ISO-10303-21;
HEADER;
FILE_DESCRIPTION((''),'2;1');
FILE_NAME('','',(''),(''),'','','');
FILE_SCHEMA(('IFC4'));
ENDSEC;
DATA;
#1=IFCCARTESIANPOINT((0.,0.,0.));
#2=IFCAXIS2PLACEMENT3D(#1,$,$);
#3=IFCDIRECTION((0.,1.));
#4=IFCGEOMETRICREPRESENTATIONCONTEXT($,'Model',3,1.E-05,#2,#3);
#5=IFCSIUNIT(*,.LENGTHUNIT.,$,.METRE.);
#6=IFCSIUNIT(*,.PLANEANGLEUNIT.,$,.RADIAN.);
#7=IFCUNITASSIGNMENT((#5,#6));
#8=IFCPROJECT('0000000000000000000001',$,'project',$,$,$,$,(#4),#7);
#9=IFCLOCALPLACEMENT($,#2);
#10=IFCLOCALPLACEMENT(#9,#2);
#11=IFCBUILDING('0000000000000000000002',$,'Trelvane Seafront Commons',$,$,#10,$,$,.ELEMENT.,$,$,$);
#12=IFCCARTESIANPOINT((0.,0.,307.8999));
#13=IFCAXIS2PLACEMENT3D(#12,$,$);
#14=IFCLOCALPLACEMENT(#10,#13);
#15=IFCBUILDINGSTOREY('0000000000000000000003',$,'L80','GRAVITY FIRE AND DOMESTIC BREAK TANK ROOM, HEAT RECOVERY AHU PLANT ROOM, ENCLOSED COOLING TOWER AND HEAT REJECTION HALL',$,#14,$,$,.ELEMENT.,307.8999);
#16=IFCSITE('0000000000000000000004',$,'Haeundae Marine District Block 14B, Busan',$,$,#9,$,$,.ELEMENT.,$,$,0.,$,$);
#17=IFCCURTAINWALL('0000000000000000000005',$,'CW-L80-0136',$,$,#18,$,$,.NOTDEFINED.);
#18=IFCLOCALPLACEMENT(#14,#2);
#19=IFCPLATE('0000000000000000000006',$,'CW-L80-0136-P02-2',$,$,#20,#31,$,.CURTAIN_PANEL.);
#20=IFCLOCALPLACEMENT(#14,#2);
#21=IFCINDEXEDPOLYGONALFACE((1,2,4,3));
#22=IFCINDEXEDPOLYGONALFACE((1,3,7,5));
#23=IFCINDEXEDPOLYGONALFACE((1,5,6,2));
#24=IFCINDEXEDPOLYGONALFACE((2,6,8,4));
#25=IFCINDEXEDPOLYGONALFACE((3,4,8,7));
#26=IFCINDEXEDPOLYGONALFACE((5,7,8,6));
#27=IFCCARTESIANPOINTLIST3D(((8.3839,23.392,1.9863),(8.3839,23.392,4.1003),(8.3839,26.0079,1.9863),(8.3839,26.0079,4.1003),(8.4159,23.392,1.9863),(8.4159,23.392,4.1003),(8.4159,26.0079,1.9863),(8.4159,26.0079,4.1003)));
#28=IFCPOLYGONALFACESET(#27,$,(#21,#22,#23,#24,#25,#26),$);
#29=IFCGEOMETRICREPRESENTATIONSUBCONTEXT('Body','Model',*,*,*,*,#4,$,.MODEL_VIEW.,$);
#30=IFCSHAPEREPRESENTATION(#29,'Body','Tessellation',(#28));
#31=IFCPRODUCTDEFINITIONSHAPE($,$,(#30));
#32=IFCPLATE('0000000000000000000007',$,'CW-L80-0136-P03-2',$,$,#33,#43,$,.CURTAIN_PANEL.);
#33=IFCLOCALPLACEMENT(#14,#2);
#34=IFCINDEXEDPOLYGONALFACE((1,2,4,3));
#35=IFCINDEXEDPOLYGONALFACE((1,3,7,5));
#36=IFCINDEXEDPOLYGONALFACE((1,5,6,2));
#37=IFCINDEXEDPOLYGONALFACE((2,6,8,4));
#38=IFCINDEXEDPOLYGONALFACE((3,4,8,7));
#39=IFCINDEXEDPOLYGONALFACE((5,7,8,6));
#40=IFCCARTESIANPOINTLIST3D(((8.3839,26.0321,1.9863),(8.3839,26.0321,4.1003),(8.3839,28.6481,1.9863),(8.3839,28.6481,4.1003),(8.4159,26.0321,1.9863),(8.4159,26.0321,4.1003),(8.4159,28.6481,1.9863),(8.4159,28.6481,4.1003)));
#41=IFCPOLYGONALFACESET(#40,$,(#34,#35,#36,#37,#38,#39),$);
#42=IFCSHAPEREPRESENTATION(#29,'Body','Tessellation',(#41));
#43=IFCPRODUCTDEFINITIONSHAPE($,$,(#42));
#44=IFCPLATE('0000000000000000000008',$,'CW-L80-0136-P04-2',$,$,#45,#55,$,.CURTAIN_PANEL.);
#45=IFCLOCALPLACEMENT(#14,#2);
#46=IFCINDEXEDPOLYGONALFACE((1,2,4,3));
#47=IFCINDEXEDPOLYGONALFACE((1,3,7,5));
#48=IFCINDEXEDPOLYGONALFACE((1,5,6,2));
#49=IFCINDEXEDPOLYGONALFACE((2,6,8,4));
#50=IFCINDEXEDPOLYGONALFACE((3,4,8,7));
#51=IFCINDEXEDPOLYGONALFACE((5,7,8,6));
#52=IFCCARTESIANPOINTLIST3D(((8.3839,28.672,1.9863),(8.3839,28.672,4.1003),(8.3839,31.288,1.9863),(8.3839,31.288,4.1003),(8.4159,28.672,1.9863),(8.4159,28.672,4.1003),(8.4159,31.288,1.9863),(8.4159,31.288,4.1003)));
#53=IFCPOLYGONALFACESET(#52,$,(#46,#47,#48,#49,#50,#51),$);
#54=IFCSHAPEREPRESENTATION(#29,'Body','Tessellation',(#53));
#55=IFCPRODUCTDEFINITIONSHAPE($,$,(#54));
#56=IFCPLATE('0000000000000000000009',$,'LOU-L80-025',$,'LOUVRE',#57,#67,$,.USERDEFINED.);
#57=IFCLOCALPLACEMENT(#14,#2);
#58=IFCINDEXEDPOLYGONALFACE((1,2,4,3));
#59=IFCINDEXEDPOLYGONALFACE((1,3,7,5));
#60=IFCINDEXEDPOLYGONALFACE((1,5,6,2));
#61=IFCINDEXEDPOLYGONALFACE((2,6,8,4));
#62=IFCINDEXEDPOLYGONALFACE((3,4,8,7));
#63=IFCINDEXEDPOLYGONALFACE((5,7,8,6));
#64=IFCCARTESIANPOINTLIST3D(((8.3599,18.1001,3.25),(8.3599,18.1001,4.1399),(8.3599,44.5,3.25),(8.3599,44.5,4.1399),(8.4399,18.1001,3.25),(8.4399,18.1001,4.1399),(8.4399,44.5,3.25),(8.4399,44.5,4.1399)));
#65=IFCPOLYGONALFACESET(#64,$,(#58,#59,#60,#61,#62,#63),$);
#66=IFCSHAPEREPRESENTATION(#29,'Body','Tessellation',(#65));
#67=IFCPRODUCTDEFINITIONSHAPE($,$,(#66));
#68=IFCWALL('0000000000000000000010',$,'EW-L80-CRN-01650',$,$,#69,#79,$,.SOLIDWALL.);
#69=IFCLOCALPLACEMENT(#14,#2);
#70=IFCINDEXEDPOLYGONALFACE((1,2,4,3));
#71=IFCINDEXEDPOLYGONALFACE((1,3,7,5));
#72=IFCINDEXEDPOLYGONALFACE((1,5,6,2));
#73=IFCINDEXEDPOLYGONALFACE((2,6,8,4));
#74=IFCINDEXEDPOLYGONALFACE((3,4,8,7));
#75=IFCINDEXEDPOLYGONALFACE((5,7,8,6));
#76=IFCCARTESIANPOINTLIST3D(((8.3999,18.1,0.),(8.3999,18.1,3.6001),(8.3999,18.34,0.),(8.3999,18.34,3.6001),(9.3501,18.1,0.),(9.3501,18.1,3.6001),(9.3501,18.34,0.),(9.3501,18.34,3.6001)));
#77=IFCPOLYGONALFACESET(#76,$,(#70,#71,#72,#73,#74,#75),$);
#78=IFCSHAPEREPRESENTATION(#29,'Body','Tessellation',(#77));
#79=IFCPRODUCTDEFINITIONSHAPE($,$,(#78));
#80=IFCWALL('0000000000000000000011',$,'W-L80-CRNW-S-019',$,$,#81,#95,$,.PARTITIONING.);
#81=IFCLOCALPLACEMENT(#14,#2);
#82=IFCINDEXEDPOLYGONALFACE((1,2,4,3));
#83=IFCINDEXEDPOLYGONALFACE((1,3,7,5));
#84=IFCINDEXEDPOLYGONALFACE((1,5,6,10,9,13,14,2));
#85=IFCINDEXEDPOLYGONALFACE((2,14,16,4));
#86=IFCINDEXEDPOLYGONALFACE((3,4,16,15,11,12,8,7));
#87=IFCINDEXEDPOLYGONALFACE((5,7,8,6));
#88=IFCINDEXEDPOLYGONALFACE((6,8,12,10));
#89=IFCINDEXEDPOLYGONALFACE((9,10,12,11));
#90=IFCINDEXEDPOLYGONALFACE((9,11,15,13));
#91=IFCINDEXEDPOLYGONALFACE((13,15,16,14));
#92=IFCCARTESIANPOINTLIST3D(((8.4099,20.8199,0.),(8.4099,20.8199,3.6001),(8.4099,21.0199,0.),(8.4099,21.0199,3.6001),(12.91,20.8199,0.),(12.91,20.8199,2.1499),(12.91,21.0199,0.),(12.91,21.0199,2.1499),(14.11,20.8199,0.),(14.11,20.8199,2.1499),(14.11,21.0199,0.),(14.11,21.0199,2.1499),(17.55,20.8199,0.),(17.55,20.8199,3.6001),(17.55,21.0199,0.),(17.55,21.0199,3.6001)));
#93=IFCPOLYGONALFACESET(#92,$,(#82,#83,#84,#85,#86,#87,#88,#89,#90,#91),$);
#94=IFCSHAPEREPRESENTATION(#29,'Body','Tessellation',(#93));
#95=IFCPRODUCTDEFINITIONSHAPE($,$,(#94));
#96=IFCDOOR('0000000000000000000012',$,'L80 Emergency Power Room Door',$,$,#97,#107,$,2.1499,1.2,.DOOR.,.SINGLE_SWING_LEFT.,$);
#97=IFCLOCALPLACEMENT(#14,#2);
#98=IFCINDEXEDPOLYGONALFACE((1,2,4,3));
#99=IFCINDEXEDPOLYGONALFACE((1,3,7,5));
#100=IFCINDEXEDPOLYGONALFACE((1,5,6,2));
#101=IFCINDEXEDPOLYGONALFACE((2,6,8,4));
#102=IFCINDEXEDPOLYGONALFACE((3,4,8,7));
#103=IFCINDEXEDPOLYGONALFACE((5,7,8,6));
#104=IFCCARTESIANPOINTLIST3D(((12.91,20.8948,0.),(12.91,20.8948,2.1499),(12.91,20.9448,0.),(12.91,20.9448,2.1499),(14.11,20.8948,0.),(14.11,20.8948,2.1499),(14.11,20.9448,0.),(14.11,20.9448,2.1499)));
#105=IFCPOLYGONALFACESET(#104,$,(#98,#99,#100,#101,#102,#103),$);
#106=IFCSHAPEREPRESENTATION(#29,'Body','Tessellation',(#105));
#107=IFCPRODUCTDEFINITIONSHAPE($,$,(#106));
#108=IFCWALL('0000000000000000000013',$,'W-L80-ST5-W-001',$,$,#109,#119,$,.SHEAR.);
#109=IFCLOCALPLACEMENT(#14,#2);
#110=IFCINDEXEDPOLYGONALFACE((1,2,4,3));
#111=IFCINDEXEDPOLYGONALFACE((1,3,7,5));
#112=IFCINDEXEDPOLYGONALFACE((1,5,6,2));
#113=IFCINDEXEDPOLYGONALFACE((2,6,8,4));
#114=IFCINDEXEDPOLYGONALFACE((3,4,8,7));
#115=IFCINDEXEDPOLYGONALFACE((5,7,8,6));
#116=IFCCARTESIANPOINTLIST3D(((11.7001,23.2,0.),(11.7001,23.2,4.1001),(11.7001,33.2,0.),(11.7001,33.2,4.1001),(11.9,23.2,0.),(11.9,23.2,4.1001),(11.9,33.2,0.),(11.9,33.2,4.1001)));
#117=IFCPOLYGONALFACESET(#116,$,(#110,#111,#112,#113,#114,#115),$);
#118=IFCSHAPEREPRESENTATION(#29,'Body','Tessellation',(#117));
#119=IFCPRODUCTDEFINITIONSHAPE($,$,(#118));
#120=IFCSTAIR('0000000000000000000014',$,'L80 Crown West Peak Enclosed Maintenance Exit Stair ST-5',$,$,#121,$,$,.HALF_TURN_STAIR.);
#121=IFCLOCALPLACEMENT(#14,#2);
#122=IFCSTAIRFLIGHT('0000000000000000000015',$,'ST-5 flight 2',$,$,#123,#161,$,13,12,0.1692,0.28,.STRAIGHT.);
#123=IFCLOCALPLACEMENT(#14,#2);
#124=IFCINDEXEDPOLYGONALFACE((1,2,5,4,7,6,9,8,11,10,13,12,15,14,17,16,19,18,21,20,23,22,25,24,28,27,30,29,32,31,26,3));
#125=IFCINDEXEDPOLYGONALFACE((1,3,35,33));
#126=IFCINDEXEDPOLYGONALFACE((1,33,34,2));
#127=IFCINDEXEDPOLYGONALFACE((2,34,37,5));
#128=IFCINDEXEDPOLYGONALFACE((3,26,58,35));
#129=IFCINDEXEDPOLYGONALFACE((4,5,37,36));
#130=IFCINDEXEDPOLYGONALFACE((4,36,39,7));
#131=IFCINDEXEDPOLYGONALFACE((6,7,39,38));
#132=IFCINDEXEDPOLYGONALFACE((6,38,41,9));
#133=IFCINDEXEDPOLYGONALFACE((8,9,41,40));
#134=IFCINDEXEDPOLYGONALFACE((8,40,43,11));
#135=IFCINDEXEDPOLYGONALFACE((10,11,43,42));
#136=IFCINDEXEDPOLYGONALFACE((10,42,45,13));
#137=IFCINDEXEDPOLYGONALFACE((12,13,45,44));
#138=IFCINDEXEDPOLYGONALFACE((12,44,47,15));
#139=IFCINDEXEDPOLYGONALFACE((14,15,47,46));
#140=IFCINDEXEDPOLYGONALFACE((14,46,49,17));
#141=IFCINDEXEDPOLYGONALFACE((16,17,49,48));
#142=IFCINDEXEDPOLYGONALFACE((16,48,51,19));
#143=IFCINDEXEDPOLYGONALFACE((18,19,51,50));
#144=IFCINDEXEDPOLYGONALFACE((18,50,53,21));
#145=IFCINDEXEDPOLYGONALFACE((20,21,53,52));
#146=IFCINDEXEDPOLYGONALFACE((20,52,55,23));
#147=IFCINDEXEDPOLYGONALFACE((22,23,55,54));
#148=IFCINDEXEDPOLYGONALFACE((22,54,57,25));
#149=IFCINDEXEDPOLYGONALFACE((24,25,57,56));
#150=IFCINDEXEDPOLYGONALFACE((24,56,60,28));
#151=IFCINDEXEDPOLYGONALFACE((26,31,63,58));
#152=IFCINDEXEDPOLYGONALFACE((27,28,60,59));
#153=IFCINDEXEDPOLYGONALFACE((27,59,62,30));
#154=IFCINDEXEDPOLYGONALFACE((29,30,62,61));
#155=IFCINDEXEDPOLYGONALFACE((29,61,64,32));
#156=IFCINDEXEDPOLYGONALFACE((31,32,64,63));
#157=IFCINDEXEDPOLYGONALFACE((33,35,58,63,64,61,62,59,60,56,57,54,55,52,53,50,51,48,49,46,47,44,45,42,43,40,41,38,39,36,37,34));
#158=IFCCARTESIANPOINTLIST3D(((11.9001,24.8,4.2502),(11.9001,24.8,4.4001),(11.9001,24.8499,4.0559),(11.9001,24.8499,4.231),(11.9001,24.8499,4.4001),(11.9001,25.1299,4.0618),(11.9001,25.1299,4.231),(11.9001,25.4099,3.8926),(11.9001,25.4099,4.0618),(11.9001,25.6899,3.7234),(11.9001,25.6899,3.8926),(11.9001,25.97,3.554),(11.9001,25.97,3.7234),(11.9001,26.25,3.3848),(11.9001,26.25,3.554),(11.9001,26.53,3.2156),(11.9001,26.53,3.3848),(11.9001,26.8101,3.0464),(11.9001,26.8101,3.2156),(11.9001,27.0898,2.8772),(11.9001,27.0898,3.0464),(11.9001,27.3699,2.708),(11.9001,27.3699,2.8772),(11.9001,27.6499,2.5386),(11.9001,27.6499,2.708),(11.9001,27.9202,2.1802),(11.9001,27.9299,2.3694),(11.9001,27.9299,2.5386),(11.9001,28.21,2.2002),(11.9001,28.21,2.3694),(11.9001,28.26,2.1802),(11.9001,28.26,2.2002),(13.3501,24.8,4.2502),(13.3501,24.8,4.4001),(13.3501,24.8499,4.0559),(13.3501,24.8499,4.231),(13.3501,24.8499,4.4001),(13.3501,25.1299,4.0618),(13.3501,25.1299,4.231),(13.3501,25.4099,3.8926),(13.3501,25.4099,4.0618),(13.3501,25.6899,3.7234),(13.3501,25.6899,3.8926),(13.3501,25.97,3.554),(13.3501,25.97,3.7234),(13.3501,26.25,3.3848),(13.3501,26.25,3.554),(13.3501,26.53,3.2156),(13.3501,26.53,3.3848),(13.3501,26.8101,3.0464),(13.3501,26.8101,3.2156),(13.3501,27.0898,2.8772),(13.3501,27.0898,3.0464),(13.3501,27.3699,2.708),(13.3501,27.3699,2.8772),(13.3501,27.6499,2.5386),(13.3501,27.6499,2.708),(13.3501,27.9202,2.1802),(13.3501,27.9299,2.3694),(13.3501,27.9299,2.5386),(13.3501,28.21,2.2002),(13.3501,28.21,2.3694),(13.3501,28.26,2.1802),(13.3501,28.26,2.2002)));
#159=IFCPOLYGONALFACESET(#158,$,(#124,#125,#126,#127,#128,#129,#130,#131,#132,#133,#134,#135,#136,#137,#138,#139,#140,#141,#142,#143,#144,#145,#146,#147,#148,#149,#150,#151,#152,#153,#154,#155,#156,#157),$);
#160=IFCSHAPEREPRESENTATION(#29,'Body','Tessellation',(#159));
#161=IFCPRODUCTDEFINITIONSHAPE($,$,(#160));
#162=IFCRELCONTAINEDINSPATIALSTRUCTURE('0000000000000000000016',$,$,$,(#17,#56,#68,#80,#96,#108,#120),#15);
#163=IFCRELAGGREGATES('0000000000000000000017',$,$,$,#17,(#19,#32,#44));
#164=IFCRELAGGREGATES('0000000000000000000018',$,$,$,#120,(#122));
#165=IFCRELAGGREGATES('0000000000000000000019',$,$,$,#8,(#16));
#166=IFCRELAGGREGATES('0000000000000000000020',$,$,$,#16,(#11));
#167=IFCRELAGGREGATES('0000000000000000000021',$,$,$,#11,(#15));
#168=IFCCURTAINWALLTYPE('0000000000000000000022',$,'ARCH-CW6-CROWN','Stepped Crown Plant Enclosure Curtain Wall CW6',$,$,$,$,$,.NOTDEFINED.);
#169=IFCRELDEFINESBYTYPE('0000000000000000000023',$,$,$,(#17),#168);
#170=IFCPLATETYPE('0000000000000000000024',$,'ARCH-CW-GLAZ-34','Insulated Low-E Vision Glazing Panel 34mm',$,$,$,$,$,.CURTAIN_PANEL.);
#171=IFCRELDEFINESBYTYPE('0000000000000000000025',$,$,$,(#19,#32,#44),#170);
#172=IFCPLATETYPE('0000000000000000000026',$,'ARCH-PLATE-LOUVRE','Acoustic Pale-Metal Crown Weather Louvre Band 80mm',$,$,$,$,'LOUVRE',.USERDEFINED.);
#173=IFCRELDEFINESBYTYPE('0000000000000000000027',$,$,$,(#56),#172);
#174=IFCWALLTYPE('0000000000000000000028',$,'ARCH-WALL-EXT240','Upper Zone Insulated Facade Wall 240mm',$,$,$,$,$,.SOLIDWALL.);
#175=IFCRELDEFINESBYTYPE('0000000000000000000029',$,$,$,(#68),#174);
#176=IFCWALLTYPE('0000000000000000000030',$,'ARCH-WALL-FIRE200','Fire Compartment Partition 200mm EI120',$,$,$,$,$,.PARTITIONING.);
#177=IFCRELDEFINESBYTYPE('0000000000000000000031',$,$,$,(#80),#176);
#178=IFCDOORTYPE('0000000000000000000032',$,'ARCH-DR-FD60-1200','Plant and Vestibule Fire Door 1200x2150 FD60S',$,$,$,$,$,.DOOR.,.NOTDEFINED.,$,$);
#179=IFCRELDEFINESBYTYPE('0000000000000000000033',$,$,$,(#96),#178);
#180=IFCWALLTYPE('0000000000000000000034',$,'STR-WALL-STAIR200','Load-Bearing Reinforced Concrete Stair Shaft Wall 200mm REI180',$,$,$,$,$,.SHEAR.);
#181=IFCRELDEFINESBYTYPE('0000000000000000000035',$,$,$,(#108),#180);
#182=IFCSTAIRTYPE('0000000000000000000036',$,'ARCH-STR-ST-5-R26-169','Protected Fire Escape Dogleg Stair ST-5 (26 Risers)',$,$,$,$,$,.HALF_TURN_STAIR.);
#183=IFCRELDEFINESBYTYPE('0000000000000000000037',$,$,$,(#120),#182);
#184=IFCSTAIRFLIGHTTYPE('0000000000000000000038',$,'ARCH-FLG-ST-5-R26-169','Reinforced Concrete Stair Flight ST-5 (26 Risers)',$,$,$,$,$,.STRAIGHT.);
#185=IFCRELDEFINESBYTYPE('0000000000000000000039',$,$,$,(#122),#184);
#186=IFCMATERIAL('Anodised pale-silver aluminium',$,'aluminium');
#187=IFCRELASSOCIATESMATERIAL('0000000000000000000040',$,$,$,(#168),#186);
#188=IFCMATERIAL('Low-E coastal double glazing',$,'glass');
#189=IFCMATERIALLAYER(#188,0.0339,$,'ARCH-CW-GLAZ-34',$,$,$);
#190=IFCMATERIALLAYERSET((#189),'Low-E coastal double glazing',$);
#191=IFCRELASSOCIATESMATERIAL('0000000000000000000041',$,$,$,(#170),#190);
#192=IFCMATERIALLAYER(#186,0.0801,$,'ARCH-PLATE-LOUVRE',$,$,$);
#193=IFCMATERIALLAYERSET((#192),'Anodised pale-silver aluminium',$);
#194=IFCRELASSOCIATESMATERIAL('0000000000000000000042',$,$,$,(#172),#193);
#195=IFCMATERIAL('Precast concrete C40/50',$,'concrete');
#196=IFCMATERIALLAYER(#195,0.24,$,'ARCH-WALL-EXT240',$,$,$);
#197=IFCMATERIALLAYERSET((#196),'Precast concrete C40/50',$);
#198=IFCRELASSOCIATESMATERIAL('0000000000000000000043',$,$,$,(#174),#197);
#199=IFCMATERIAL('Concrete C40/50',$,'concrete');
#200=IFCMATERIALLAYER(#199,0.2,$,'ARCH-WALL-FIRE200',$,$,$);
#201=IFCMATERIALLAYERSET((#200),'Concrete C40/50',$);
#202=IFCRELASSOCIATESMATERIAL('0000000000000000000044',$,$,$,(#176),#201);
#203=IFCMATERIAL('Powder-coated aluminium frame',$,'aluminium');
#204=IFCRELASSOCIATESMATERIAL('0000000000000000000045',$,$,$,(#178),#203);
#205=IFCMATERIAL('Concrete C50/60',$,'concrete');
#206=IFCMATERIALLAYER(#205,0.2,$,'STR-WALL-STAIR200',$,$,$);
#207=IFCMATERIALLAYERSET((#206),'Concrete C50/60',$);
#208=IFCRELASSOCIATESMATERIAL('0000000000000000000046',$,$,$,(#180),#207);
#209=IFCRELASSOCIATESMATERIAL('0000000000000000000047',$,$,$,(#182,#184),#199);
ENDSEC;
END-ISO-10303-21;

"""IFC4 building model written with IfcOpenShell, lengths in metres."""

from ifc_helpers import new_model, si_unit, direction, frame, frame_2d, origin, origin_2d, place, context, subcontext, project, spatial, polyline, rectangle, outline, extrude, source, transform, mapped, material, layer, layer_set, type_object, element, fill, aggregate, save


model = new_model("IFC4")

# Units and contexts
model_context = context("Model", 3, precision=1e-05, world=origin(), true_north=direction((0.0, 1.0)))
body_context = subcontext(model_context, "Body", "Model", "MODEL_VIEW")
ifc_project = project(units=[si_unit("LENGTHUNIT", "METRE"), si_unit("PLANEANGLEUNIT", "RADIAN")], contexts=[model_context])

# Site, building, storey
site_placement = place(None, origin())
site = spatial("IfcSite", under=ifc_project, at=site_placement, Name="Haeundae Marine District Block 14B, Busan", CompositionType="ELEMENT", RefElevation=0.0)
building_placement = place(site_placement, origin())
building = spatial("IfcBuilding", under=site, at=building_placement, Name="Trelvane Seafront Commons", CompositionType="ELEMENT")
storey_placement = place(building_placement, frame((0.0, 0.0, 307.8999)))
storey = spatial("IfcBuildingStorey", under=building, at=storey_placement, Name="L80", Description="GRAVITY FIRE AND DOMESTIC BREAK TANK ROOM, HEAT RECOVERY AHU PLANT ROOM, ENCLOSED COOLING TOWER AND HEAT REJECTION HALL", CompositionType="ELEMENT", Elevation=307.8999)

# Curtain wall, plates
ifc_material_1 = material(Name="Anodised pale-silver aluminium", Category="aluminium")
curtain_wall_type = type_object("IfcCurtainWallType", Name="ARCH-CW6-CROWN", Description="Stepped Crown Plant Enclosure Curtain Wall CW6", PredefinedType="NOTDEFINED", material=ifc_material_1)
curtain_wall_placement = place(storey_placement, origin())
curtain_wall = element("IfcCurtainWall", 1, at=curtain_wall_placement, inside=storey, type_object=curtain_wall_type, Name="CW-L80-0136", PredefinedType="NOTDEFINED")
ifc_material_2 = material(Name="Low-E coastal double glazing", Category="glass")
ifc_layer_1 = layer(ifc_material_2, 0.0339, Name="ARCH-CW-GLAZ-34")
ifc_layer_set_1 = layer_set([ifc_layer_1], Name="Low-E coastal double glazing")
plate_type_1 = type_object("IfcPlateType", Name="ARCH-CW-GLAZ-34", Description="Insulated Low-E Vision Glazing Panel 34mm", PredefinedType="CURTAIN_PANEL", material=ifc_layer_set_1)
shared_shape_1 = source(origin(), body_context, "Body", "SweptSolid", [
    extrude(rectangle(XDim=2.616, YDim=0.032, at=origin_2d()), origin(), (0.0, 0.0, 1.0), 2.114),
])
plate_1_placement = place(storey_placement, frame((8.3999, 24.7, 1.9863), z_axis=(0.0, 0.0, 1.0), x_axis=(0.0, 1.0, 0.0)))
plate_1 = element("IfcPlate", 2, at=plate_1_placement, type_object=plate_type_1, Name="CW-L80-0136-P02-2", PredefinedType="CURTAIN_PANEL", context=body_context, shape_type="MappedRepresentation", body=[
    mapped(shared_shape_1, transform((0.0, 0.0, 0.0), x_axis=(1.0, 0.0, 0.0), y_axis=(0.0, 1.0, 0.0), z_axis=(0.0, 0.0, 1.0), scale=1.0)),
])
plate_2_placement = place(storey_placement, frame((8.3999, 27.3401, 1.9863), z_axis=(0.0, 0.0, 1.0), x_axis=(0.0, 1.0, 0.0)))
plate_2 = element("IfcPlate", 3, at=plate_2_placement, type_object=plate_type_1, Name="CW-L80-0136-P03-2", PredefinedType="CURTAIN_PANEL", context=body_context, shape_type="MappedRepresentation", body=[
    mapped(shared_shape_1, transform((0.0, 0.0, 0.0), x_axis=(1.0, 0.0, 0.0), y_axis=(0.0, 1.0, 0.0), z_axis=(0.0, 0.0, 1.0), scale=1.0)),
])
plate_3_placement = place(storey_placement, frame((8.3999, 29.98, 1.9863), z_axis=(0.0, 0.0, 1.0), x_axis=(0.0, 1.0, 0.0)))
plate_3 = element("IfcPlate", 4, at=plate_3_placement, type_object=plate_type_1, Name="CW-L80-0136-P04-2", PredefinedType="CURTAIN_PANEL", context=body_context, shape_type="MappedRepresentation", body=[
    mapped(shared_shape_1, transform((0.0, 0.0, 0.0), x_axis=(1.0, 0.0, 0.0), y_axis=(0.0, 1.0, 0.0), z_axis=(0.0, 0.0, 1.0), scale=1.0)),
])
aggregate(curtain_wall, [plate_1, plate_2, plate_3])

# Plate
ifc_layer_2 = layer(ifc_material_1, 0.0801, Name="ARCH-PLATE-LOUVRE")
ifc_layer_set_2 = layer_set([ifc_layer_2], Name="Anodised pale-silver aluminium")
plate_type_2 = type_object("IfcPlateType", Name="ARCH-PLATE-LOUVRE", Description="Acoustic Pale-Metal Crown Weather Louvre Band 80mm", ElementType="LOUVRE", PredefinedType="USERDEFINED", material=ifc_layer_set_2)
shared_shape_2 = source(origin(), body_context, "Body", "SweptSolid", [
    extrude(rectangle(XDim=26.3999, YDim=0.0801, at=origin_2d()), origin(), (0.0, 0.0, 1.0), 0.8899),
])
plate_4_placement = place(storey_placement, frame((8.3999, 31.3, 3.25), z_axis=(0.0, 0.0, 1.0), x_axis=(0.0, 1.0, 0.0)))
element("IfcPlate", 5, at=plate_4_placement, inside=storey, type_object=plate_type_2, Name="LOU-L80-025", ObjectType="LOUVRE", PredefinedType="USERDEFINED", context=body_context, shape_type="MappedRepresentation", body=[
    mapped(shared_shape_2, transform((0.0, 0.0, 0.0), x_axis=(1.0, 0.0, 0.0), y_axis=(0.0, 1.0, 0.0), z_axis=(0.0, 0.0, 1.0), scale=1.0)),
])

# Wall
ifc_material_3 = material(Name="Precast concrete C40/50", Category="concrete")
ifc_layer_3 = layer(ifc_material_3, 0.24, Name="ARCH-WALL-EXT240")
ifc_layer_set_3 = layer_set([ifc_layer_3], Name="Precast concrete C40/50")
wall_type_1 = type_object("IfcWallType", Name="ARCH-WALL-EXT240", Description="Upper Zone Insulated Facade Wall 240mm", PredefinedType="SOLIDWALL", material=ifc_layer_set_3)
wall_1_placement = place(storey_placement, frame((9.3501, 18.22, 0.0), z_axis=(0.0, 0.0, 1.0), x_axis=(-1.0, 0.0, 0.0)))
element("IfcWall", 6, at=wall_1_placement, inside=storey, type_object=wall_type_1, Name="EW-L80-CRN-01650", PredefinedType="SOLIDWALL", context=body_context, shape_type="SweptSolid", body=[
    extrude(rectangle(XDim=0.9502, YDim=0.24, at=frame_2d((0.4751, 0.0))), origin(), (0.0, 0.0, 1.0), 3.6001),
])

# Wall, opening, door
ifc_material_4 = material(Name="Concrete C40/50", Category="concrete")
ifc_layer_4 = layer(ifc_material_4, 0.2, Name="ARCH-WALL-FIRE200")
ifc_layer_set_4 = layer_set([ifc_layer_4], Name="Concrete C40/50")
wall_type_2 = type_object("IfcWallType", Name="ARCH-WALL-FIRE200", Description="Fire Compartment Partition 200mm EI120", PredefinedType="PARTITIONING", material=ifc_layer_set_4)
wall_2_placement = place(storey_placement, frame((8.4099, 20.9199, 0.0), z_axis=(0.0, 0.0, 1.0), x_axis=(1.0, 0.0, 0.0)))
wall_2 = element("IfcWall", 7, at=wall_2_placement, inside=storey, type_object=wall_type_2, Name="W-L80-CRNW-S-019", PredefinedType="PARTITIONING", context=body_context, shape_type="SweptSolid", body=[
    extrude(rectangle(XDim=9.1401, YDim=0.2, at=frame_2d((4.5701, 0.0))), origin(), (0.0, 0.0, 1.0), 3.6001),
])
opening_1_placement = place(wall_2_placement, frame((4.5, 0.0, 0.0)))
opening_1 = element("IfcOpeningElement", 8, at=opening_1_placement, cuts=wall_2, PredefinedType="OPENING", context=body_context, shape_type="SweptSolid", body=[
    extrude(rectangle(XDim=1.2, YDim=2.1499, at=frame_2d((0.6001, 1.075))), frame((0.0, 0.1099, 0.0), z_axis=(0.0, -1.0, 0.0), x_axis=(1.0, 0.0, 0.0)), (0.0, 0.0, 1.0), 0.22),
])
ifc_material_5 = material(Name="Powder-coated aluminium frame", Category="aluminium")
door_type_1 = type_object("IfcDoorType", Name="ARCH-DR-FD60-1200", Description="Plant and Vestibule Fire Door 1200x2150 FD60S", OperationType="NOTDEFINED", PredefinedType="DOOR", material=ifc_material_5)
shared_shape_3 = source(origin(), body_context, "Body", "SweptSolid", [
    extrude(rectangle(XDim=1.2, YDim=2.1499, at=frame_2d((0.6001, 1.075))), frame((0.0, 0.0249, 0.0), z_axis=(0.0, -1.0, 0.0), x_axis=(1.0, 0.0, 0.0)), (0.0, 0.0, 1.0), 0.05),
])
door_1_placement = place(opening_1_placement, origin())
door_1 = element("IfcDoor", 9, at=door_1_placement, inside=storey, type_object=door_type_1, Name="L80 Emergency Power Room Door", OperationType="SINGLE_SWING_LEFT", OverallHeight=2.1499, OverallWidth=1.2, PredefinedType="DOOR", context=body_context, shape_type="MappedRepresentation", body=[
    mapped(shared_shape_3, transform((0.0, 0.0, 0.0), x_axis=(1.0, 0.0, 0.0), y_axis=(0.0, 1.0, 0.0), z_axis=(0.0, 0.0, 1.0), scale=1.0)),
])
fill(opening_1, door_1)

# Wall
ifc_material_6 = material(Name="Concrete C50/60", Category="concrete")
ifc_layer_5 = layer(ifc_material_6, 0.2, Name="STR-WALL-STAIR200")
ifc_layer_set_5 = layer_set([ifc_layer_5], Name="Concrete C50/60")
wall_type_3 = type_object("IfcWallType", Name="STR-WALL-STAIR200", Description="Load-Bearing Reinforced Concrete Stair Shaft Wall 200mm REI180", PredefinedType="SHEAR", material=ifc_layer_set_5)
wall_3_placement = place(storey_placement, frame((11.8, 23.2, 0.0), z_axis=(0.0, 0.0, 1.0), x_axis=(0.0, 1.0, 0.0)))
element("IfcWall", 10, at=wall_3_placement, inside=storey, type_object=wall_type_3, Name="W-L80-ST5-W-001", PredefinedType="SHEAR", context=body_context, shape_type="SweptSolid", body=[
    extrude(rectangle(XDim=10.0, YDim=0.2, at=frame_2d((5.0, 0.0))), origin(), (0.0, 0.0, 1.0), 4.1001),
])

# Stair, stair flight
stair_type = type_object("IfcStairType", Name="ARCH-STR-ST-5-R26-169", Description="Protected Fire Escape Dogleg Stair ST-5 (26 Risers)", PredefinedType="HALF_TURN_STAIR", material=ifc_material_4)
stair_placement = place(storey_placement, origin())
stair = element("IfcStair", 11, at=stair_placement, inside=storey, type_object=stair_type, Name="L80 Crown West Peak Enclosed Maintenance Exit Stair ST-5", PredefinedType="HALF_TURN_STAIR")
stair_flight_type = type_object("IfcStairFlightType", Name="ARCH-FLG-ST-5-R26-169", Description="Reinforced Concrete Stair Flight ST-5 (26 Risers)", PredefinedType="STRAIGHT", material=ifc_material_4)
shared_shape_4 = source(origin(), body_context, "Body", "SweptSolid", [
    extrude(outline(polyline([(-0.05, -0.02), (-0.05, 0.0), (0.0, 0.0), (0.0, 0.1692), (0.28, 0.1692), (0.28, 0.3384), (0.5601, 0.3384), (0.5601, 0.5078), (0.8401, 0.5078), (0.8401, 0.677), (1.1201, 0.677), (1.1201, 0.8462), (1.3999, 0.8462), (1.3999, 1.0154), (1.6799, 1.0154), (1.6799, 1.1846), (1.96, 1.1846), (1.96, 1.3538), (2.24, 1.3538), (2.24, 1.5232), (2.52, 1.5232), (2.52, 1.6924), (2.8, 1.6924), (2.8, 1.8616), (3.0801, 1.8616), (3.0801, 2.0308), (3.3601, 2.0308), (3.3601, 2.2), (3.4099, 2.2), (3.4099, 2.05), (3.3601, 1.8557), (0.2898, -0.02), (-0.05, -0.02)])), frame((0.0, 0.7251, 0.0), z_axis=(0.0, -1.0, 0.0), x_axis=(1.0, 0.0, 0.0)), (0.0, 0.0, 1.0), 1.45),
])
stair_flight_placement = place(storey_placement, frame((12.625, 28.21, 2.2002), z_axis=(0.0, 0.0, 1.0), x_axis=(0.0, -1.0, 0.0)))
stair_flight = element("IfcStairFlight", 12, at=stair_flight_placement, type_object=stair_flight_type, Name="ST-5 flight 2", NumberOfRisers=13, NumberOfTreads=12, PredefinedType="STRAIGHT", RiserHeight=0.1692, TreadLength=0.28, context=body_context, shape_type="MappedRepresentation", body=[
    mapped(shared_shape_4, transform((0.0, 0.0, 0.0), x_axis=(1.0, 0.0, 0.0), y_axis=(0.0, 1.0, 0.0), z_axis=(0.0, 0.0, 1.0), scale=1.0)),
])
aggregate(stair, [stair_flight])

save(model, "model.ifc")
